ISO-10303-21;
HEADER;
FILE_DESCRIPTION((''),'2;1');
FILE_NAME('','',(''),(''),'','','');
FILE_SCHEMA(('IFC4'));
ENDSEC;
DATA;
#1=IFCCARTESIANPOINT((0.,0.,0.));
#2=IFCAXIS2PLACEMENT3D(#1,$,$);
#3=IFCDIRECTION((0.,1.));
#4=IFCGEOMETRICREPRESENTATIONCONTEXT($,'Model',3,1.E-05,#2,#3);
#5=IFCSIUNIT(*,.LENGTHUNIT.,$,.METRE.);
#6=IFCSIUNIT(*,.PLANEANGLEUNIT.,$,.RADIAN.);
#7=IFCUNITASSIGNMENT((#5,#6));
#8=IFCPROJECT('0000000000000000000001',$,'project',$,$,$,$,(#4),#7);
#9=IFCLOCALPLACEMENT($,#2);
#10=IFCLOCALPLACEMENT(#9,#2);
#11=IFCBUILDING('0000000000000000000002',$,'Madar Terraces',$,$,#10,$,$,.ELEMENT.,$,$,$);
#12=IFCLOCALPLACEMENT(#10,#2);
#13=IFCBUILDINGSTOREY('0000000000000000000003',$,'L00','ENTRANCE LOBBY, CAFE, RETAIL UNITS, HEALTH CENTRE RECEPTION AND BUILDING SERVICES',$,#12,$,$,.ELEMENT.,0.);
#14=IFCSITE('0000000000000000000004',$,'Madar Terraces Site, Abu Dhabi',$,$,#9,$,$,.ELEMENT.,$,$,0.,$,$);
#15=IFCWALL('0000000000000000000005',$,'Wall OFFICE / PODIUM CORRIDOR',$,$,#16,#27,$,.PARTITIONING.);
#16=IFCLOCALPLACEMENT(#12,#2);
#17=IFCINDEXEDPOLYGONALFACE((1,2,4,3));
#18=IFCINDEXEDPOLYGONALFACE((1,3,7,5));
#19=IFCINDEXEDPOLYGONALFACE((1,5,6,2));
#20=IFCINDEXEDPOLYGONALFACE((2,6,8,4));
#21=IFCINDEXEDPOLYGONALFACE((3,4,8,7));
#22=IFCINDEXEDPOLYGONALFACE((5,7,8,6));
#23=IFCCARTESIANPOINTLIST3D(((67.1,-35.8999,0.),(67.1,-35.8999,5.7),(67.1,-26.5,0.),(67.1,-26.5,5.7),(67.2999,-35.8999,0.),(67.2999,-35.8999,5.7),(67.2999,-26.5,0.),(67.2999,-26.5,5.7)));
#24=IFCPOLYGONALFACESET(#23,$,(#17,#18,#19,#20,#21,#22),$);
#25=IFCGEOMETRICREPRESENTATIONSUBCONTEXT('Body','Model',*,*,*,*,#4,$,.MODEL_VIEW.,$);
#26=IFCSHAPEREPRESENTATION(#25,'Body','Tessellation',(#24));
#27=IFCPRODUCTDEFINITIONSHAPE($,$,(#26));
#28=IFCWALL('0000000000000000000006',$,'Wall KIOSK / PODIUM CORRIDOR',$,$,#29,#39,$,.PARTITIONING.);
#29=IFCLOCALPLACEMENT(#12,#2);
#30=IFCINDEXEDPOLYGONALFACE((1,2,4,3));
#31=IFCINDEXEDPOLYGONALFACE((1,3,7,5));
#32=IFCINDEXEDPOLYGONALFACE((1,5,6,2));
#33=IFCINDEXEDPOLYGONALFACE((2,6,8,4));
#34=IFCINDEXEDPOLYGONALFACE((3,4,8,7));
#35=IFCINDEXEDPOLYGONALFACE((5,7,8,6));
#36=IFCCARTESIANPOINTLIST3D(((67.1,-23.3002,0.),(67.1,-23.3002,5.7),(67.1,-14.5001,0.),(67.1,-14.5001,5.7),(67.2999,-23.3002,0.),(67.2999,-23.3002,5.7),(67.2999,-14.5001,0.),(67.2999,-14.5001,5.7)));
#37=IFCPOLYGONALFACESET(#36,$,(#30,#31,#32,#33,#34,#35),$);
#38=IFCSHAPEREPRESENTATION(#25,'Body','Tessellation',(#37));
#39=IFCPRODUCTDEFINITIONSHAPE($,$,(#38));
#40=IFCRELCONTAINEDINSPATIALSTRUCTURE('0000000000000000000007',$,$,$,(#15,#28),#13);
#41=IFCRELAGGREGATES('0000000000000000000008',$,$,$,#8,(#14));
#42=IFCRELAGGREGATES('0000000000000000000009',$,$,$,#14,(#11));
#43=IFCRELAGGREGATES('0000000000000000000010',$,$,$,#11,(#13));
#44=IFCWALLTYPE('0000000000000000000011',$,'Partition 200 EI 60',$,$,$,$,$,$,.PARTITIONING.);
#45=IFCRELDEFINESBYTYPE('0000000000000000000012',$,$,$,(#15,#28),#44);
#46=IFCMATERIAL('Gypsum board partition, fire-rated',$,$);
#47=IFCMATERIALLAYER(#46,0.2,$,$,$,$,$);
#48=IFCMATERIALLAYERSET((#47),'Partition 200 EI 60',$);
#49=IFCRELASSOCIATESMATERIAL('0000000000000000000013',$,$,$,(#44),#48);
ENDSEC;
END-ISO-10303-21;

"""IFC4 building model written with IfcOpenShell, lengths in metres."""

from ifc_helpers import new_model, si_unit, direction, frame, frame_2d, origin, place, context, subcontext, project, spatial, rectangle, extrude, material, layer, layer_set, type_object, element, save


model = new_model("IFC4")

# Units and contexts
model_context = context("Model", 3, precision=1e-05, world=origin(), true_north=direction((0.0, 1.0)))
body_context = subcontext(model_context, "Body", "Model", "MODEL_VIEW")
ifc_project = project(units=[si_unit("LENGTHUNIT", "METRE"), si_unit("PLANEANGLEUNIT", "RADIAN")], contexts=[model_context])

# Site, building, storey
site_placement = place(None, origin())
site = spatial("IfcSite", under=ifc_project, at=site_placement, Name="Madar Terraces Site, Abu Dhabi", CompositionType="ELEMENT", RefElevation=0.0)
building_placement = place(site_placement, origin())
building = spatial("IfcBuilding", under=site, at=building_placement, Name="Madar Terraces", CompositionType="ELEMENT")
storey_placement = place(building_placement, origin())
storey = spatial("IfcBuildingStorey", under=building, at=storey_placement, Name="L00", Description="ENTRANCE LOBBY, CAFE, RETAIL UNITS, HEALTH CENTRE RECEPTION AND BUILDING SERVICES", CompositionType="ELEMENT", Elevation=0.0)

# Shared definitions
ifc_material_1 = material(Name="Gypsum board partition, fire-rated")
ifc_layer_1 = layer(ifc_material_1, 0.2)
ifc_layer_set_1 = layer_set([ifc_layer_1], Name="Partition 200 EI 60")
wall_type_1 = type_object("IfcWallType", Name="Partition 200 EI 60", PredefinedType="PARTITIONING", material=ifc_layer_set_1)

# Walls
for number, where, z_axis, x_axis, name in (
    (1, (67.2, -35.8999, 0.0), (0.0, 0.0, 1.0), (0.0, 1.0, 0.0), "Wall OFFICE / PODIUM CORRIDOR"),
):
    element("IfcWall", number, at=place(storey_placement, frame(where, z_axis=z_axis, x_axis=x_axis)), inside=storey, type_object=wall_type_1, Name=name, PredefinedType="PARTITIONING", context=body_context, shape_type="SweptSolid", body=[
        extrude(rectangle(XDim=9.3999, YDim=0.2, at=frame_2d((4.7, 0.0))), origin(), (0.0, 0.0, 1.0), 5.7),
    ])
wall_1_placement = place(storey_placement, frame((67.2, -23.3, 0.0), z_axis=(0.0, 0.0, 1.0), x_axis=(0.0, 1.0, 0.0)))
element("IfcWall", 2, at=wall_1_placement, inside=storey, type_object=wall_type_1, Name="Wall KIOSK / PODIUM CORRIDOR", PredefinedType="PARTITIONING", context=body_context, shape_type="SweptSolid", body=[
    extrude(rectangle(XDim=8.8, YDim=0.2, at=frame_2d((4.3999, 0.0))), origin(), (0.0, 0.0, 1.0), 5.7),
])

save(model, "model.ifc")
